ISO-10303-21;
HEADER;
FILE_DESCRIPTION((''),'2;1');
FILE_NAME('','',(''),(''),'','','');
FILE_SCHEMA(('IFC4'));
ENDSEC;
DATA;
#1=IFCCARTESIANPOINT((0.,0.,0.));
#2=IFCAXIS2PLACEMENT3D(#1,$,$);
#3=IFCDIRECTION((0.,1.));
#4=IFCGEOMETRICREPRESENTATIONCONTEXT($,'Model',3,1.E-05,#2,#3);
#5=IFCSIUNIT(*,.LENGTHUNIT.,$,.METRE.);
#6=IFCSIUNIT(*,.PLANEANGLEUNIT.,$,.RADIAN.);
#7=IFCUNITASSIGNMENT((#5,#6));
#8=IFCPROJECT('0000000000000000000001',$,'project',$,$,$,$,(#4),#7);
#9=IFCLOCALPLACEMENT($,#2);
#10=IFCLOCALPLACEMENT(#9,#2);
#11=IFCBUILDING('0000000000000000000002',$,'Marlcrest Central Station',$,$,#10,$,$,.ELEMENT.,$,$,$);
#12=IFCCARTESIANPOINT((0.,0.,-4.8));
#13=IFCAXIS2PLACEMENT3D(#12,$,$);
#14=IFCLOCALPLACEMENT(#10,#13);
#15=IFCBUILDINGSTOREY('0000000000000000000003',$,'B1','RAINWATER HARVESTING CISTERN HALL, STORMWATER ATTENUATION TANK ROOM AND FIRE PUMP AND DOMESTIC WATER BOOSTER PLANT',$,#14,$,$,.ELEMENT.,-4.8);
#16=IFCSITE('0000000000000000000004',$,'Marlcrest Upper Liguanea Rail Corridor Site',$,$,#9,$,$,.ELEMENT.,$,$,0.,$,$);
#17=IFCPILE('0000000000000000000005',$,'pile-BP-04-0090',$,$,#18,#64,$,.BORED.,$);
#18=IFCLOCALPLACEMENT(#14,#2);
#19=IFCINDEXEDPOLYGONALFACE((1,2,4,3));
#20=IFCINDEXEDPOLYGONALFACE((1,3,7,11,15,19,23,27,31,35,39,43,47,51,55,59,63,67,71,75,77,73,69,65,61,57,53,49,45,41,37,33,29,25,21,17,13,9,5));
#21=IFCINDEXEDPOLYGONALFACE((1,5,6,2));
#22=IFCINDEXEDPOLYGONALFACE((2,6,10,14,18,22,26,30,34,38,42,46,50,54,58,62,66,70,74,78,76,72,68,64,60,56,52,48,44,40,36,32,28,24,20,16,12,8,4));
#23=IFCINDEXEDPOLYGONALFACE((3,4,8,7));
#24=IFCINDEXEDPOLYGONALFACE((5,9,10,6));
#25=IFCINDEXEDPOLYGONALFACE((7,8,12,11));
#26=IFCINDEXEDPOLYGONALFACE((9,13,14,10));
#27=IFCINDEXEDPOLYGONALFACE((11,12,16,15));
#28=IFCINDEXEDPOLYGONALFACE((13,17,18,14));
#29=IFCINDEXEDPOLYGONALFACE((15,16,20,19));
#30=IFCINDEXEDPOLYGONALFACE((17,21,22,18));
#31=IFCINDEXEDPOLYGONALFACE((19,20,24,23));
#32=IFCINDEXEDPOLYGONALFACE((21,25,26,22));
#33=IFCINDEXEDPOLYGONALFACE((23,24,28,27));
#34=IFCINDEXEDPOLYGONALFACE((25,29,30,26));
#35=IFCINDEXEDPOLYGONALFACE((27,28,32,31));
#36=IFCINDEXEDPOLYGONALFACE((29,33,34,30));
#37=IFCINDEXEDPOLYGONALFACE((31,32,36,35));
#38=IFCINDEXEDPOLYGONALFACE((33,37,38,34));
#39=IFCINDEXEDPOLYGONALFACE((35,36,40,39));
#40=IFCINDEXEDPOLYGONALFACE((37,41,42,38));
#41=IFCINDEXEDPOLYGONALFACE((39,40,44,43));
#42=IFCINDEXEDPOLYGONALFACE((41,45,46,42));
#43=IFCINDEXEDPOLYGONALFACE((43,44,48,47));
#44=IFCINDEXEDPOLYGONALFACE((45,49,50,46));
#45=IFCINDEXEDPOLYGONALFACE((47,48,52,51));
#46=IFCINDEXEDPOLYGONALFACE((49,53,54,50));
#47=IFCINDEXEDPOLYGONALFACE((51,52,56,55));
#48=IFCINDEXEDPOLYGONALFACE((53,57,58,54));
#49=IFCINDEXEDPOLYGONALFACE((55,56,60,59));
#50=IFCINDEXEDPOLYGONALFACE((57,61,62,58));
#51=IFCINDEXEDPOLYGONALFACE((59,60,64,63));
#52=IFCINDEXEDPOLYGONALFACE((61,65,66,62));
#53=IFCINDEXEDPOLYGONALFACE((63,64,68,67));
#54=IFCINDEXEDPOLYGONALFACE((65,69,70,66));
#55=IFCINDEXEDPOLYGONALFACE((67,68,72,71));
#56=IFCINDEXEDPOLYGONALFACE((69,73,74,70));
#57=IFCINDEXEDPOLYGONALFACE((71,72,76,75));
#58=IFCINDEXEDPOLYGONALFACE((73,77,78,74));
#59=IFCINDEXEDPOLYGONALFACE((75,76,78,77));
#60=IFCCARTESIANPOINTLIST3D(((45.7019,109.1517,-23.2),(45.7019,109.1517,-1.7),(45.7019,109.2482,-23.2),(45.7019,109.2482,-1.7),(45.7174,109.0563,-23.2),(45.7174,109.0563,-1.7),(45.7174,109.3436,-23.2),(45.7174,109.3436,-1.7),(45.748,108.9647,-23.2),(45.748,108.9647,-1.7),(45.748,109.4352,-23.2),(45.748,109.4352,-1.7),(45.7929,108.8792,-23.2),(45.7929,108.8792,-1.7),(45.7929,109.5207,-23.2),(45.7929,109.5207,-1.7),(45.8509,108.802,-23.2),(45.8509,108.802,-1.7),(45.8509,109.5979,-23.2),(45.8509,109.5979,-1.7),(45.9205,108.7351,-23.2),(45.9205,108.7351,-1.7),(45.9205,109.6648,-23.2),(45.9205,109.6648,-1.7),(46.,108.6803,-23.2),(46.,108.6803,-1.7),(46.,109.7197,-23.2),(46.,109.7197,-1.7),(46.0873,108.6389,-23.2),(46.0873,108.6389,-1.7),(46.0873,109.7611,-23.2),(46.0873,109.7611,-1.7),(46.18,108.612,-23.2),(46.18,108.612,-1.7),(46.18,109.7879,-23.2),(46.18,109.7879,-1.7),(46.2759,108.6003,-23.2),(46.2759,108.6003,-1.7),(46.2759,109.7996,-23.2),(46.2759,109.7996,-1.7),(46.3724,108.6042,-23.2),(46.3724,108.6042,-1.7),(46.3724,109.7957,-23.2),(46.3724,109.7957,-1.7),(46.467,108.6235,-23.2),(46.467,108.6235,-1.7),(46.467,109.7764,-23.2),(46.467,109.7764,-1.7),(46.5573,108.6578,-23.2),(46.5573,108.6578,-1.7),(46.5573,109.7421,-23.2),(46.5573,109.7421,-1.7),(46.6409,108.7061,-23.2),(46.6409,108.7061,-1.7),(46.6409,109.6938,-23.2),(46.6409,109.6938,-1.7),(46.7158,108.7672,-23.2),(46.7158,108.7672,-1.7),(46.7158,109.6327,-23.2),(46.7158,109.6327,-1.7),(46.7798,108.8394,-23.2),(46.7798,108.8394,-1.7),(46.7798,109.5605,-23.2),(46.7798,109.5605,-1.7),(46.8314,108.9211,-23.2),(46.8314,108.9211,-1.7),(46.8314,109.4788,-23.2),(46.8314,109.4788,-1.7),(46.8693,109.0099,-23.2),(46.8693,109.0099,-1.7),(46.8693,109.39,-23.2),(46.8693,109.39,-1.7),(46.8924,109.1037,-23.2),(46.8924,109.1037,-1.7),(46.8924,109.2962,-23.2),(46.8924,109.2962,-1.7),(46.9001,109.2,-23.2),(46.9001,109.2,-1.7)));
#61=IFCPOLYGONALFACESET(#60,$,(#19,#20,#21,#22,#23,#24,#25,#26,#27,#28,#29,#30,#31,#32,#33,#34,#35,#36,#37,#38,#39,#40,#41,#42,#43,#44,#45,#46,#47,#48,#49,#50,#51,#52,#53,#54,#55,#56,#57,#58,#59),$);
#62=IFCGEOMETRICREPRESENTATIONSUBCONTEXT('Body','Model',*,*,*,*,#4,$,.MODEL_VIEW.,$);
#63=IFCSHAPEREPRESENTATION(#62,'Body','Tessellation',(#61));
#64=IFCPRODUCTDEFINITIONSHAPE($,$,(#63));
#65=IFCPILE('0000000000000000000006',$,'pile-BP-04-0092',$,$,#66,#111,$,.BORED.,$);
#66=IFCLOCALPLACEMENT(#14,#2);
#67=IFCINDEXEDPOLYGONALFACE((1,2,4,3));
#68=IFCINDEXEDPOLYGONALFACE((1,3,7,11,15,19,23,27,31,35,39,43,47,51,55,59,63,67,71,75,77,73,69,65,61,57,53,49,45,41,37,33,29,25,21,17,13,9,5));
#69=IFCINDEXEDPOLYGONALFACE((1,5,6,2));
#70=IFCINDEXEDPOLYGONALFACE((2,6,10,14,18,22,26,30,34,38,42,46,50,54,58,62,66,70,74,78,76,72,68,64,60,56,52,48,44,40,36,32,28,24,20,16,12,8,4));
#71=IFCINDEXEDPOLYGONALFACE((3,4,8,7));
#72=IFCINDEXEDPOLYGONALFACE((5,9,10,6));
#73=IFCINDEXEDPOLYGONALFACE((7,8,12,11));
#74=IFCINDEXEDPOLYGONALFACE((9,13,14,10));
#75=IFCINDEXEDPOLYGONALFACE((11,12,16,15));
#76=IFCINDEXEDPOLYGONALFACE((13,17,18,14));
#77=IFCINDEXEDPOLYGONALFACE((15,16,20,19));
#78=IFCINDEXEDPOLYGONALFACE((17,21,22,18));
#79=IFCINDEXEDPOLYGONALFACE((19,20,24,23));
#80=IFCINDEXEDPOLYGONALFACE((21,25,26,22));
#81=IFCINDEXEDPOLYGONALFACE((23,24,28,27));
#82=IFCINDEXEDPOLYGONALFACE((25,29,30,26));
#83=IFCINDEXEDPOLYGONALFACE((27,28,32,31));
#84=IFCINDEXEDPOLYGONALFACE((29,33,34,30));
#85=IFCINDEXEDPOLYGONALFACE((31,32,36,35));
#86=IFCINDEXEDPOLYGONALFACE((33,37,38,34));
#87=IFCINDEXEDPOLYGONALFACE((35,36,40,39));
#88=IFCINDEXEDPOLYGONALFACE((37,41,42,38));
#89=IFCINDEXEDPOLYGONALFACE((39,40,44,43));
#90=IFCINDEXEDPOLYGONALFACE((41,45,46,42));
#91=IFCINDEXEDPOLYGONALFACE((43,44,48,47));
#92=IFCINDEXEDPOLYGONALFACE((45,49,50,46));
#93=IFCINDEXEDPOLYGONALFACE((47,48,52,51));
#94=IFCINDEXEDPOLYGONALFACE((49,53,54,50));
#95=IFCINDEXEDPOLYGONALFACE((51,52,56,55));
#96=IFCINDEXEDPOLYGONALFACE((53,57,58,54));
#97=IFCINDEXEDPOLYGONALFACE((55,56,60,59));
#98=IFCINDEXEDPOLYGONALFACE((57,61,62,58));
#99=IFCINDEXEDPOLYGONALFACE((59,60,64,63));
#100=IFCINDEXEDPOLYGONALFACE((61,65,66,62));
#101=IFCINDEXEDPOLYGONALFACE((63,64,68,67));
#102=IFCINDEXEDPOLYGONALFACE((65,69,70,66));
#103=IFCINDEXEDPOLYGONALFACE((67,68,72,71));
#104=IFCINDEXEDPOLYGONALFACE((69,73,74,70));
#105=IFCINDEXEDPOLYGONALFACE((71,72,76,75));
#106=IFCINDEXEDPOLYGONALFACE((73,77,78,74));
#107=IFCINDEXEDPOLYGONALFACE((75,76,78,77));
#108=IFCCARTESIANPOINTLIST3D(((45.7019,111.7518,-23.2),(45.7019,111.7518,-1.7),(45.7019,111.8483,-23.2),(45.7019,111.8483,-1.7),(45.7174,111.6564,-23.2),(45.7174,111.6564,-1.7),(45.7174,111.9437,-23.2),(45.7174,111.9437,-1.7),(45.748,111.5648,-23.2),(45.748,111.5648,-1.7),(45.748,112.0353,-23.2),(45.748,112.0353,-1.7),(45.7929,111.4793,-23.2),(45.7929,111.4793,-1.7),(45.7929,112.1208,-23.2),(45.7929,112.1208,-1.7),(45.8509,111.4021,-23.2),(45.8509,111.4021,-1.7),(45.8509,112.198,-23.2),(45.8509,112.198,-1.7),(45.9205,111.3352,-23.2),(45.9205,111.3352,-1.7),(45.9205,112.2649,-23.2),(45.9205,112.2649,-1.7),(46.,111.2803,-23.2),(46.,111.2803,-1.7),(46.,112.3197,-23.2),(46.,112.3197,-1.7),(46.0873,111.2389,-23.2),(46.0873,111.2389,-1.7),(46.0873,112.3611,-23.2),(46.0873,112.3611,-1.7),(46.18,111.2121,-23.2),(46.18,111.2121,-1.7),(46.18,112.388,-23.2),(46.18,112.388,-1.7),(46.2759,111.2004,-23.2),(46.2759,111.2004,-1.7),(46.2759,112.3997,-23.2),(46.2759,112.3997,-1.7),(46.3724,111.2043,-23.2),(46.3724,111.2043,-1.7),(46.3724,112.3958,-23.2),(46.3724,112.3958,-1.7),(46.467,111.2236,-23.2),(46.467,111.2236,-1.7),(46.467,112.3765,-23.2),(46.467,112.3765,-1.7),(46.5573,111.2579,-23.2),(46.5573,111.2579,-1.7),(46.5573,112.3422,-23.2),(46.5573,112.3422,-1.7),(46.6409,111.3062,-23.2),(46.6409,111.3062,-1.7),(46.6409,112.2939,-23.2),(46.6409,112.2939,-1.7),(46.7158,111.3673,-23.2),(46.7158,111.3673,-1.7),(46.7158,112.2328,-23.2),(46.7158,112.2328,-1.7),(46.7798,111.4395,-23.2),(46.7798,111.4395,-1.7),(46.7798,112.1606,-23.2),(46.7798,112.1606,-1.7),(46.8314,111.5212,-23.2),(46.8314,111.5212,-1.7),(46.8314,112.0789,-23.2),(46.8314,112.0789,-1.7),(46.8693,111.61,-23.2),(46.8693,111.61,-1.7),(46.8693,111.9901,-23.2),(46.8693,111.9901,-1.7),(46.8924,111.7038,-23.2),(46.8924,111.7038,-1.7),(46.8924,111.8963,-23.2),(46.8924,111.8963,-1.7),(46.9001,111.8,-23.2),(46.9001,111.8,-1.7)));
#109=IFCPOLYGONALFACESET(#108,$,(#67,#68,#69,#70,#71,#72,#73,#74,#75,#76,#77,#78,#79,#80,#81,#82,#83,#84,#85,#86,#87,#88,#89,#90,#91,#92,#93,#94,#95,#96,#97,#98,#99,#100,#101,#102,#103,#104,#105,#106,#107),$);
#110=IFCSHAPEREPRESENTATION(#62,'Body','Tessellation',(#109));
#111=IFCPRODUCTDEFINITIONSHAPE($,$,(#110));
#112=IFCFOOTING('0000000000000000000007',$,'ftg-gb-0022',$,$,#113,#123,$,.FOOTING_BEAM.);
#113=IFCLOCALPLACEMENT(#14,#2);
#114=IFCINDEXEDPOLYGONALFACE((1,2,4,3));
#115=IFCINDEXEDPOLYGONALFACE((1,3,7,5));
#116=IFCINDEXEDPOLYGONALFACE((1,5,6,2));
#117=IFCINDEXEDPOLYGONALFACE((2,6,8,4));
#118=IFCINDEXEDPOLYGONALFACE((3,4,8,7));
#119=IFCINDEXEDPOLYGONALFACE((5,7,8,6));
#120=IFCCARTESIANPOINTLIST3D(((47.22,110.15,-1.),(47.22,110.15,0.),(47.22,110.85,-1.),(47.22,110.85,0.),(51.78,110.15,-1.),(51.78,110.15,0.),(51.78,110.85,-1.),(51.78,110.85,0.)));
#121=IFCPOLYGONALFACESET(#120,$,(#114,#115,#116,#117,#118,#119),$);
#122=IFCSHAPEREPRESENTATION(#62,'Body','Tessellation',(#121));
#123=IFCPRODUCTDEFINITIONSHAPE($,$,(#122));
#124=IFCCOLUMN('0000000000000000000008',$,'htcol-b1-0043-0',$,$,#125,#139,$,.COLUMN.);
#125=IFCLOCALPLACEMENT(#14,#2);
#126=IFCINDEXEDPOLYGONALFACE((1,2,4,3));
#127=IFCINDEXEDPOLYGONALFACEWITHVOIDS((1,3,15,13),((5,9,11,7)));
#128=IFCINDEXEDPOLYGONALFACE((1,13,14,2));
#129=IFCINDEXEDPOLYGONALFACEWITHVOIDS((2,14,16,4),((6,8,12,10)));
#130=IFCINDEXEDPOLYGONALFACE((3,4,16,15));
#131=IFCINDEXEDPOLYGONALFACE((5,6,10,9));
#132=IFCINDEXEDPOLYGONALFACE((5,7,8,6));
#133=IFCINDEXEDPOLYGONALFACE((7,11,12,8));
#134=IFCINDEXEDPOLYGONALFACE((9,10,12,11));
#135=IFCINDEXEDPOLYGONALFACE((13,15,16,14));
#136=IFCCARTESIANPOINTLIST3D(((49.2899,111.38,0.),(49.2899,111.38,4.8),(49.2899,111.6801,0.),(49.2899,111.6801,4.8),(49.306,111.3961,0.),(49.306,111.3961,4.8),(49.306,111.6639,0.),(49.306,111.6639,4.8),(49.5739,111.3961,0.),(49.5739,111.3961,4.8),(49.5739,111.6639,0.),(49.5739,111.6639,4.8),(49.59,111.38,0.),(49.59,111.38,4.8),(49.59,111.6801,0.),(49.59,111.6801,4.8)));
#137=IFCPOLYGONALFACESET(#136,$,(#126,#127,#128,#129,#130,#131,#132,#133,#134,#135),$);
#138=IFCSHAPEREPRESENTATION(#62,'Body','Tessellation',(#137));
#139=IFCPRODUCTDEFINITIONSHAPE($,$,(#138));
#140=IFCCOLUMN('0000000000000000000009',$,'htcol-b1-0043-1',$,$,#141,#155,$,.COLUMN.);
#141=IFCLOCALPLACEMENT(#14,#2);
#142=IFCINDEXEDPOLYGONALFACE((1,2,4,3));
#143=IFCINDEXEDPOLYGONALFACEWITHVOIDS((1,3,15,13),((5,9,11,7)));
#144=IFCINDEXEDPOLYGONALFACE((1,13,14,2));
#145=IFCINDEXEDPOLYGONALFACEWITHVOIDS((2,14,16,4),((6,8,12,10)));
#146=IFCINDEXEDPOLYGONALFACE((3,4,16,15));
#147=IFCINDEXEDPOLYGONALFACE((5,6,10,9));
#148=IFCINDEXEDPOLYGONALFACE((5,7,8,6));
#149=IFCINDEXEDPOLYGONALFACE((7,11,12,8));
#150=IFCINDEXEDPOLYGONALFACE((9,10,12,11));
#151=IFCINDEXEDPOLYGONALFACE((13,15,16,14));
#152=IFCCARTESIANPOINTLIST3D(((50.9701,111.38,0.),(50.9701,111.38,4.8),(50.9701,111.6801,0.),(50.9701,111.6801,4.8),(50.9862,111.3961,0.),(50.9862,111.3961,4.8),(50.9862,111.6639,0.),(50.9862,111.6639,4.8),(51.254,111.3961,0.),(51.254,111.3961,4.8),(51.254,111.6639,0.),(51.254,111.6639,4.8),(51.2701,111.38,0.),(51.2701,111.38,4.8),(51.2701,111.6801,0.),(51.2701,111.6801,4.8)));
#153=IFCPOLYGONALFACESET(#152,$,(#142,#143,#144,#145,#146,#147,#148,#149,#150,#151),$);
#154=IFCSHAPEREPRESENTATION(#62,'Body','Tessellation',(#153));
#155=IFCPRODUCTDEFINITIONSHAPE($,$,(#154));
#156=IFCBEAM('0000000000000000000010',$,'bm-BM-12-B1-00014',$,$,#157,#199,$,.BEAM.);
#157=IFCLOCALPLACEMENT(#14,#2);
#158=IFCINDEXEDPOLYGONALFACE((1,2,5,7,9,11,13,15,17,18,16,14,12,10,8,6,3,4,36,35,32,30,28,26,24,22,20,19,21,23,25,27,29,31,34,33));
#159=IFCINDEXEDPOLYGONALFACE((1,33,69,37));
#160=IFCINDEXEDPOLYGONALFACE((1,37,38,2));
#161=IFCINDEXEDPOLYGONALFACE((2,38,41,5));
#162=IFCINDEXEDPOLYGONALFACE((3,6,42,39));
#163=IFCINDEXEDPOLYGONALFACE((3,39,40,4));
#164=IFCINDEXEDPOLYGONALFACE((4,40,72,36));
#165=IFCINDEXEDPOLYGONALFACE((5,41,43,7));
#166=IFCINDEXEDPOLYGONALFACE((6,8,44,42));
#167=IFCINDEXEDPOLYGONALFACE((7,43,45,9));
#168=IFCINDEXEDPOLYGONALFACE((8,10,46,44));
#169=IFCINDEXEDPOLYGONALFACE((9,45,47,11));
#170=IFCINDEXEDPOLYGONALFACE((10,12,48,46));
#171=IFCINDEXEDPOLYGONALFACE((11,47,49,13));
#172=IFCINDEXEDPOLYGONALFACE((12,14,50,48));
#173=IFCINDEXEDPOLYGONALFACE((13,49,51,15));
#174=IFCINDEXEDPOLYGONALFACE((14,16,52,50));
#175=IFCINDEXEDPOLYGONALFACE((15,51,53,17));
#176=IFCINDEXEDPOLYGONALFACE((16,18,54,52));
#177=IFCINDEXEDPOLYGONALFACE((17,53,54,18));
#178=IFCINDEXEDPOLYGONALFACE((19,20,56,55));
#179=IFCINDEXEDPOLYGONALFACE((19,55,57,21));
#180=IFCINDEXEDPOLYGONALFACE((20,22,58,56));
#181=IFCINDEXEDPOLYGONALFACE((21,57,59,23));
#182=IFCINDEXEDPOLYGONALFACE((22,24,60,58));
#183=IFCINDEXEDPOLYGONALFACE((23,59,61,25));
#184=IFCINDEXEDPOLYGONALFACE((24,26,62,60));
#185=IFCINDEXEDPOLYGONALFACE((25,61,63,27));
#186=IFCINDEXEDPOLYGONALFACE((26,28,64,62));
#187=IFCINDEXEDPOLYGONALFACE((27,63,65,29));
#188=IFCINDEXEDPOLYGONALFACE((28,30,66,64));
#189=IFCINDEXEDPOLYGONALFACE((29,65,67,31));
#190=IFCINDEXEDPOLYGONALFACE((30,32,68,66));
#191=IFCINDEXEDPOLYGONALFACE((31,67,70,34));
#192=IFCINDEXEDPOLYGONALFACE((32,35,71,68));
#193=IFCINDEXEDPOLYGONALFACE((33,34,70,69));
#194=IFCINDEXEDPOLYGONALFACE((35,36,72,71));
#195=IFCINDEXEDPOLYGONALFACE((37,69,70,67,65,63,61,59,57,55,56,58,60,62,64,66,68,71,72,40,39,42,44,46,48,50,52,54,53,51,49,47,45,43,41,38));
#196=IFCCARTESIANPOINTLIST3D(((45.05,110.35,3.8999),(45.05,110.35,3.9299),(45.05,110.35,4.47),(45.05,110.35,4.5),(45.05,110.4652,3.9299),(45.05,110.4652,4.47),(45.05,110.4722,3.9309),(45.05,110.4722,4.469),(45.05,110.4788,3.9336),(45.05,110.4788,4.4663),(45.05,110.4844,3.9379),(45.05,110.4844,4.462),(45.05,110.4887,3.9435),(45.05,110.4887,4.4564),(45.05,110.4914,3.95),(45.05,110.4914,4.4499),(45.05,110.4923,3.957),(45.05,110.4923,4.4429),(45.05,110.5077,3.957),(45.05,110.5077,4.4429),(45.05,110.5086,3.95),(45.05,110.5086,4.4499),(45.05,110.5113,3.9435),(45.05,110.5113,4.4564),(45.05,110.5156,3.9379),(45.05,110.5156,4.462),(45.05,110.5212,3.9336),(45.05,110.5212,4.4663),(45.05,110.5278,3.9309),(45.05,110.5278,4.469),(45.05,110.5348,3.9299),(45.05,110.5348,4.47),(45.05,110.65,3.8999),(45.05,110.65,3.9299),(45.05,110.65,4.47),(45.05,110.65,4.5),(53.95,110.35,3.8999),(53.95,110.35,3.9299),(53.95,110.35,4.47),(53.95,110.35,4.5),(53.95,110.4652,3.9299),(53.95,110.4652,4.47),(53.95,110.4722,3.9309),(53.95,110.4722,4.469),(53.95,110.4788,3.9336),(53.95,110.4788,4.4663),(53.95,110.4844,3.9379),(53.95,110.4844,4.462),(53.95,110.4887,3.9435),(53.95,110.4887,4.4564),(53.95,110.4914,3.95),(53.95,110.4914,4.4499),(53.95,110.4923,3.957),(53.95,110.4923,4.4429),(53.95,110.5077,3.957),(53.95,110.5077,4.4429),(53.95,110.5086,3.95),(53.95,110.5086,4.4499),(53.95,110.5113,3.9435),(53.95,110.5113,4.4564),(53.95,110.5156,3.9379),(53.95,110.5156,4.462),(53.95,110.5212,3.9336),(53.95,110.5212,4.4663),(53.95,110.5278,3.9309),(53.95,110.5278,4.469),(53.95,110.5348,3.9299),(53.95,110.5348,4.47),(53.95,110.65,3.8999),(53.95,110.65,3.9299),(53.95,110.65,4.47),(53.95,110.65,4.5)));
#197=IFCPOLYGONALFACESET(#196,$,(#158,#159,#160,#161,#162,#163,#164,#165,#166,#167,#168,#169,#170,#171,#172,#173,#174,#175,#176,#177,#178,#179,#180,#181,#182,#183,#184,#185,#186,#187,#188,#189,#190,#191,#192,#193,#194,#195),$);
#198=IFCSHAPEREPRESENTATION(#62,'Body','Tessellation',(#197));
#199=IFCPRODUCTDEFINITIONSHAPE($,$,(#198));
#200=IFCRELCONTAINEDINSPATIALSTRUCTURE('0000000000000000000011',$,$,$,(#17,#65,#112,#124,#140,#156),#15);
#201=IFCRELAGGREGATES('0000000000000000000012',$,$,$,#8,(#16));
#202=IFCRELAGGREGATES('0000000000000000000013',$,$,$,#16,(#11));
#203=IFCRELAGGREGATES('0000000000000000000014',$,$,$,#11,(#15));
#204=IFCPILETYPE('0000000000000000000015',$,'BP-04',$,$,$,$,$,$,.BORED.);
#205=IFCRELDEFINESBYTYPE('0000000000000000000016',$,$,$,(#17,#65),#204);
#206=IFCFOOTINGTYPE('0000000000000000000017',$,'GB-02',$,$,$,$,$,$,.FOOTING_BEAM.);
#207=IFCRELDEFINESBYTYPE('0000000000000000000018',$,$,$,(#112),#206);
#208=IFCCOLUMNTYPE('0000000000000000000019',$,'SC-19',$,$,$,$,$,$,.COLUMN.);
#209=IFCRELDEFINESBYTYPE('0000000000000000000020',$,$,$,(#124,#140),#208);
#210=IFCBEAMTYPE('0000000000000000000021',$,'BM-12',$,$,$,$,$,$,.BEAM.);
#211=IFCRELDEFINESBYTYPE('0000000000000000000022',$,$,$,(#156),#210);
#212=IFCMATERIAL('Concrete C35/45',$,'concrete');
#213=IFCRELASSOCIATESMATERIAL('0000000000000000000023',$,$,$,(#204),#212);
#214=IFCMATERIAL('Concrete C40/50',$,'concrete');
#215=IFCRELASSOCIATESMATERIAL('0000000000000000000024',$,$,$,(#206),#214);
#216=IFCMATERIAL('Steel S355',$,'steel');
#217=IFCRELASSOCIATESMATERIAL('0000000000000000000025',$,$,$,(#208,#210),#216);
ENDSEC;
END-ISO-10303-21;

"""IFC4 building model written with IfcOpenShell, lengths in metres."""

from ifc_helpers import new_model, si_unit, direction, frame, origin, origin_2d, place, context, subcontext, project, spatial, rectangle, hollow_rectangle, circle, i_section, extrude, material, material_profile, profile_set, type_object, element, save


model = new_model("IFC4")

# Units and contexts
model_context = context("Model", 3, precision=1e-05, world=origin(), true_north=direction((0.0, 1.0)))
body_context = subcontext(model_context, "Body", "Model", "MODEL_VIEW")
ifc_project = project(units=[si_unit("LENGTHUNIT", "METRE"), si_unit("PLANEANGLEUNIT", "RADIAN")], contexts=[model_context])

# Site, building, storey
site_placement = place(None, origin())
site = spatial("IfcSite", under=ifc_project, at=site_placement, Name="Marlcrest Upper Liguanea Rail Corridor Site", CompositionType="ELEMENT", RefElevation=0.0)
building_placement = place(site_placement, origin())
building = spatial("IfcBuilding", under=site, at=building_placement, Name="Marlcrest Central Station", CompositionType="ELEMENT")
storey_placement = place(building_placement, frame((0.0, 0.0, -4.8)))
storey = spatial("IfcBuildingStorey", under=building, at=storey_placement, Name="B1", Description="RAINWATER HARVESTING CISTERN HALL, STORMWATER ATTENUATION TANK ROOM AND FIRE PUMP AND DOMESTIC WATER BOOSTER PLANT", CompositionType="ELEMENT", Elevation=-4.8)

# Piles
ifc_material_1 = material(Name="Concrete C35/45", Category="concrete")
ifc_material_profile_1 = material_profile(ifc_material_1, circle(Radius=0.6001, at=origin_2d()), Name="PILE D1200")
ifc_profile_set_1 = profile_set([ifc_material_profile_1], Name="Concrete C35/45")
pile_type = type_object("IfcPileType", Name="BP-04", PredefinedType="BORED", material=ifc_profile_set_1)
for number, where, z_axis, x_axis, name in (
    (1, (46.3, 109.2, -1.7), (0.0, 0.0, -1.0), (1.0, 0.0, 0.0), "pile-BP-04-0090"),
    (2, (46.3, 111.8, -1.7), (0.0, 0.0, -1.0), (1.0, 0.0, 0.0), "pile-BP-04-0092"),
):
    element("IfcPile", number, at=place(storey_placement, frame(where, z_axis=z_axis, x_axis=x_axis)), inside=storey, type_object=pile_type, Name=name, PredefinedType="BORED", context=body_context, shape_type="SweptSolid", body=[
        extrude(circle(Radius=0.6001, at=origin_2d()), origin(), (0.0, 0.0, 1.0), 21.5),
    ])

# Footing
ifc_material_2 = material(Name="Concrete C40/50", Category="concrete")
footing_type = type_object("IfcFootingType", Name="GB-02", PredefinedType="FOOTING_BEAM", material=ifc_material_2)
footing_placement = place(storey_placement, frame((49.5, 110.5, -1.0), z_axis=(0.0, 0.0, 1.0), x_axis=(1.0, 0.0, 0.0)))
element("IfcFooting", 3, at=footing_placement, inside=storey, type_object=footing_type, Name="ftg-gb-0022", PredefinedType="FOOTING_BEAM", context=body_context, shape_type="SweptSolid", body=[
    extrude(rectangle(XDim=4.5601, YDim=0.7, at=origin_2d()), origin(), (0.0, 0.0, 1.0), 1.0),
])

# Columns
ifc_material_3 = material(Name="Steel S355", Category="steel")
ifc_material_profile_2 = material_profile(ifc_material_3, hollow_rectangle(XDim=0.3, YDim=0.3, WallThickness=0.0161, at=origin_2d()), Name="SHS 300x300x16")
ifc_profile_set_2 = profile_set([ifc_material_profile_2], Name="Steel S355")
column_type = type_object("IfcColumnType", Name="SC-19", PredefinedType="COLUMN", material=ifc_profile_set_2)
for number, where, z_axis, x_axis, name in (
    (4, (49.4399, 111.53, 0.0), (0.0, 0.0, 1.0), (1.0, 0.0, 0.0), "htcol-b1-0043-0"),
    (5, (51.1201, 111.53, 0.0), (0.0, 0.0, 1.0), (1.0, 0.0, 0.0), "htcol-b1-0043-1"),
):
    element("IfcColumn", number, at=place(storey_placement, frame(where, z_axis=z_axis, x_axis=x_axis)), inside=storey, type_object=column_type, Name=name, PredefinedType="COLUMN", context=body_context, shape_type="SweptSolid", body=[
        extrude(hollow_rectangle(XDim=0.3, YDim=0.3, WallThickness=0.0161, at=origin_2d()), origin(), (0.0, 0.0, 1.0), 4.8),
    ])

# Beam
ifc_material_profile_3 = material_profile(ifc_material_3, i_section(OverallWidth=0.3, OverallDepth=0.6001, WebThickness=0.0154, FlangeThickness=0.03, FilletRadius=0.0271, at=origin_2d()), Name="HEB 600")
ifc_profile_set_3 = profile_set([ifc_material_profile_3], Name="Steel S355")
beam_type = type_object("IfcBeamType", Name="BM-12", PredefinedType="BEAM", material=ifc_profile_set_3)
beam_1_placement = place(storey_placement, frame((45.05, 110.5, 4.2), z_axis=(1.0, 0.0, 0.0), x_axis=(0.0, 1.0, 0.0)))
element("IfcBeam", 6, at=beam_1_placement, inside=storey, type_object=beam_type, Name="bm-BM-12-B1-00014", PredefinedType="BEAM", context=body_context, shape_type="SweptSolid", body=[
    extrude(i_section(OverallWidth=0.3, OverallDepth=0.6001, WebThickness=0.0154, FlangeThickness=0.03, FilletRadius=0.0271, at=origin_2d()), origin(), (0.0, 0.0, 1.0), 8.8999),
])

save(model, "model.ifc")
